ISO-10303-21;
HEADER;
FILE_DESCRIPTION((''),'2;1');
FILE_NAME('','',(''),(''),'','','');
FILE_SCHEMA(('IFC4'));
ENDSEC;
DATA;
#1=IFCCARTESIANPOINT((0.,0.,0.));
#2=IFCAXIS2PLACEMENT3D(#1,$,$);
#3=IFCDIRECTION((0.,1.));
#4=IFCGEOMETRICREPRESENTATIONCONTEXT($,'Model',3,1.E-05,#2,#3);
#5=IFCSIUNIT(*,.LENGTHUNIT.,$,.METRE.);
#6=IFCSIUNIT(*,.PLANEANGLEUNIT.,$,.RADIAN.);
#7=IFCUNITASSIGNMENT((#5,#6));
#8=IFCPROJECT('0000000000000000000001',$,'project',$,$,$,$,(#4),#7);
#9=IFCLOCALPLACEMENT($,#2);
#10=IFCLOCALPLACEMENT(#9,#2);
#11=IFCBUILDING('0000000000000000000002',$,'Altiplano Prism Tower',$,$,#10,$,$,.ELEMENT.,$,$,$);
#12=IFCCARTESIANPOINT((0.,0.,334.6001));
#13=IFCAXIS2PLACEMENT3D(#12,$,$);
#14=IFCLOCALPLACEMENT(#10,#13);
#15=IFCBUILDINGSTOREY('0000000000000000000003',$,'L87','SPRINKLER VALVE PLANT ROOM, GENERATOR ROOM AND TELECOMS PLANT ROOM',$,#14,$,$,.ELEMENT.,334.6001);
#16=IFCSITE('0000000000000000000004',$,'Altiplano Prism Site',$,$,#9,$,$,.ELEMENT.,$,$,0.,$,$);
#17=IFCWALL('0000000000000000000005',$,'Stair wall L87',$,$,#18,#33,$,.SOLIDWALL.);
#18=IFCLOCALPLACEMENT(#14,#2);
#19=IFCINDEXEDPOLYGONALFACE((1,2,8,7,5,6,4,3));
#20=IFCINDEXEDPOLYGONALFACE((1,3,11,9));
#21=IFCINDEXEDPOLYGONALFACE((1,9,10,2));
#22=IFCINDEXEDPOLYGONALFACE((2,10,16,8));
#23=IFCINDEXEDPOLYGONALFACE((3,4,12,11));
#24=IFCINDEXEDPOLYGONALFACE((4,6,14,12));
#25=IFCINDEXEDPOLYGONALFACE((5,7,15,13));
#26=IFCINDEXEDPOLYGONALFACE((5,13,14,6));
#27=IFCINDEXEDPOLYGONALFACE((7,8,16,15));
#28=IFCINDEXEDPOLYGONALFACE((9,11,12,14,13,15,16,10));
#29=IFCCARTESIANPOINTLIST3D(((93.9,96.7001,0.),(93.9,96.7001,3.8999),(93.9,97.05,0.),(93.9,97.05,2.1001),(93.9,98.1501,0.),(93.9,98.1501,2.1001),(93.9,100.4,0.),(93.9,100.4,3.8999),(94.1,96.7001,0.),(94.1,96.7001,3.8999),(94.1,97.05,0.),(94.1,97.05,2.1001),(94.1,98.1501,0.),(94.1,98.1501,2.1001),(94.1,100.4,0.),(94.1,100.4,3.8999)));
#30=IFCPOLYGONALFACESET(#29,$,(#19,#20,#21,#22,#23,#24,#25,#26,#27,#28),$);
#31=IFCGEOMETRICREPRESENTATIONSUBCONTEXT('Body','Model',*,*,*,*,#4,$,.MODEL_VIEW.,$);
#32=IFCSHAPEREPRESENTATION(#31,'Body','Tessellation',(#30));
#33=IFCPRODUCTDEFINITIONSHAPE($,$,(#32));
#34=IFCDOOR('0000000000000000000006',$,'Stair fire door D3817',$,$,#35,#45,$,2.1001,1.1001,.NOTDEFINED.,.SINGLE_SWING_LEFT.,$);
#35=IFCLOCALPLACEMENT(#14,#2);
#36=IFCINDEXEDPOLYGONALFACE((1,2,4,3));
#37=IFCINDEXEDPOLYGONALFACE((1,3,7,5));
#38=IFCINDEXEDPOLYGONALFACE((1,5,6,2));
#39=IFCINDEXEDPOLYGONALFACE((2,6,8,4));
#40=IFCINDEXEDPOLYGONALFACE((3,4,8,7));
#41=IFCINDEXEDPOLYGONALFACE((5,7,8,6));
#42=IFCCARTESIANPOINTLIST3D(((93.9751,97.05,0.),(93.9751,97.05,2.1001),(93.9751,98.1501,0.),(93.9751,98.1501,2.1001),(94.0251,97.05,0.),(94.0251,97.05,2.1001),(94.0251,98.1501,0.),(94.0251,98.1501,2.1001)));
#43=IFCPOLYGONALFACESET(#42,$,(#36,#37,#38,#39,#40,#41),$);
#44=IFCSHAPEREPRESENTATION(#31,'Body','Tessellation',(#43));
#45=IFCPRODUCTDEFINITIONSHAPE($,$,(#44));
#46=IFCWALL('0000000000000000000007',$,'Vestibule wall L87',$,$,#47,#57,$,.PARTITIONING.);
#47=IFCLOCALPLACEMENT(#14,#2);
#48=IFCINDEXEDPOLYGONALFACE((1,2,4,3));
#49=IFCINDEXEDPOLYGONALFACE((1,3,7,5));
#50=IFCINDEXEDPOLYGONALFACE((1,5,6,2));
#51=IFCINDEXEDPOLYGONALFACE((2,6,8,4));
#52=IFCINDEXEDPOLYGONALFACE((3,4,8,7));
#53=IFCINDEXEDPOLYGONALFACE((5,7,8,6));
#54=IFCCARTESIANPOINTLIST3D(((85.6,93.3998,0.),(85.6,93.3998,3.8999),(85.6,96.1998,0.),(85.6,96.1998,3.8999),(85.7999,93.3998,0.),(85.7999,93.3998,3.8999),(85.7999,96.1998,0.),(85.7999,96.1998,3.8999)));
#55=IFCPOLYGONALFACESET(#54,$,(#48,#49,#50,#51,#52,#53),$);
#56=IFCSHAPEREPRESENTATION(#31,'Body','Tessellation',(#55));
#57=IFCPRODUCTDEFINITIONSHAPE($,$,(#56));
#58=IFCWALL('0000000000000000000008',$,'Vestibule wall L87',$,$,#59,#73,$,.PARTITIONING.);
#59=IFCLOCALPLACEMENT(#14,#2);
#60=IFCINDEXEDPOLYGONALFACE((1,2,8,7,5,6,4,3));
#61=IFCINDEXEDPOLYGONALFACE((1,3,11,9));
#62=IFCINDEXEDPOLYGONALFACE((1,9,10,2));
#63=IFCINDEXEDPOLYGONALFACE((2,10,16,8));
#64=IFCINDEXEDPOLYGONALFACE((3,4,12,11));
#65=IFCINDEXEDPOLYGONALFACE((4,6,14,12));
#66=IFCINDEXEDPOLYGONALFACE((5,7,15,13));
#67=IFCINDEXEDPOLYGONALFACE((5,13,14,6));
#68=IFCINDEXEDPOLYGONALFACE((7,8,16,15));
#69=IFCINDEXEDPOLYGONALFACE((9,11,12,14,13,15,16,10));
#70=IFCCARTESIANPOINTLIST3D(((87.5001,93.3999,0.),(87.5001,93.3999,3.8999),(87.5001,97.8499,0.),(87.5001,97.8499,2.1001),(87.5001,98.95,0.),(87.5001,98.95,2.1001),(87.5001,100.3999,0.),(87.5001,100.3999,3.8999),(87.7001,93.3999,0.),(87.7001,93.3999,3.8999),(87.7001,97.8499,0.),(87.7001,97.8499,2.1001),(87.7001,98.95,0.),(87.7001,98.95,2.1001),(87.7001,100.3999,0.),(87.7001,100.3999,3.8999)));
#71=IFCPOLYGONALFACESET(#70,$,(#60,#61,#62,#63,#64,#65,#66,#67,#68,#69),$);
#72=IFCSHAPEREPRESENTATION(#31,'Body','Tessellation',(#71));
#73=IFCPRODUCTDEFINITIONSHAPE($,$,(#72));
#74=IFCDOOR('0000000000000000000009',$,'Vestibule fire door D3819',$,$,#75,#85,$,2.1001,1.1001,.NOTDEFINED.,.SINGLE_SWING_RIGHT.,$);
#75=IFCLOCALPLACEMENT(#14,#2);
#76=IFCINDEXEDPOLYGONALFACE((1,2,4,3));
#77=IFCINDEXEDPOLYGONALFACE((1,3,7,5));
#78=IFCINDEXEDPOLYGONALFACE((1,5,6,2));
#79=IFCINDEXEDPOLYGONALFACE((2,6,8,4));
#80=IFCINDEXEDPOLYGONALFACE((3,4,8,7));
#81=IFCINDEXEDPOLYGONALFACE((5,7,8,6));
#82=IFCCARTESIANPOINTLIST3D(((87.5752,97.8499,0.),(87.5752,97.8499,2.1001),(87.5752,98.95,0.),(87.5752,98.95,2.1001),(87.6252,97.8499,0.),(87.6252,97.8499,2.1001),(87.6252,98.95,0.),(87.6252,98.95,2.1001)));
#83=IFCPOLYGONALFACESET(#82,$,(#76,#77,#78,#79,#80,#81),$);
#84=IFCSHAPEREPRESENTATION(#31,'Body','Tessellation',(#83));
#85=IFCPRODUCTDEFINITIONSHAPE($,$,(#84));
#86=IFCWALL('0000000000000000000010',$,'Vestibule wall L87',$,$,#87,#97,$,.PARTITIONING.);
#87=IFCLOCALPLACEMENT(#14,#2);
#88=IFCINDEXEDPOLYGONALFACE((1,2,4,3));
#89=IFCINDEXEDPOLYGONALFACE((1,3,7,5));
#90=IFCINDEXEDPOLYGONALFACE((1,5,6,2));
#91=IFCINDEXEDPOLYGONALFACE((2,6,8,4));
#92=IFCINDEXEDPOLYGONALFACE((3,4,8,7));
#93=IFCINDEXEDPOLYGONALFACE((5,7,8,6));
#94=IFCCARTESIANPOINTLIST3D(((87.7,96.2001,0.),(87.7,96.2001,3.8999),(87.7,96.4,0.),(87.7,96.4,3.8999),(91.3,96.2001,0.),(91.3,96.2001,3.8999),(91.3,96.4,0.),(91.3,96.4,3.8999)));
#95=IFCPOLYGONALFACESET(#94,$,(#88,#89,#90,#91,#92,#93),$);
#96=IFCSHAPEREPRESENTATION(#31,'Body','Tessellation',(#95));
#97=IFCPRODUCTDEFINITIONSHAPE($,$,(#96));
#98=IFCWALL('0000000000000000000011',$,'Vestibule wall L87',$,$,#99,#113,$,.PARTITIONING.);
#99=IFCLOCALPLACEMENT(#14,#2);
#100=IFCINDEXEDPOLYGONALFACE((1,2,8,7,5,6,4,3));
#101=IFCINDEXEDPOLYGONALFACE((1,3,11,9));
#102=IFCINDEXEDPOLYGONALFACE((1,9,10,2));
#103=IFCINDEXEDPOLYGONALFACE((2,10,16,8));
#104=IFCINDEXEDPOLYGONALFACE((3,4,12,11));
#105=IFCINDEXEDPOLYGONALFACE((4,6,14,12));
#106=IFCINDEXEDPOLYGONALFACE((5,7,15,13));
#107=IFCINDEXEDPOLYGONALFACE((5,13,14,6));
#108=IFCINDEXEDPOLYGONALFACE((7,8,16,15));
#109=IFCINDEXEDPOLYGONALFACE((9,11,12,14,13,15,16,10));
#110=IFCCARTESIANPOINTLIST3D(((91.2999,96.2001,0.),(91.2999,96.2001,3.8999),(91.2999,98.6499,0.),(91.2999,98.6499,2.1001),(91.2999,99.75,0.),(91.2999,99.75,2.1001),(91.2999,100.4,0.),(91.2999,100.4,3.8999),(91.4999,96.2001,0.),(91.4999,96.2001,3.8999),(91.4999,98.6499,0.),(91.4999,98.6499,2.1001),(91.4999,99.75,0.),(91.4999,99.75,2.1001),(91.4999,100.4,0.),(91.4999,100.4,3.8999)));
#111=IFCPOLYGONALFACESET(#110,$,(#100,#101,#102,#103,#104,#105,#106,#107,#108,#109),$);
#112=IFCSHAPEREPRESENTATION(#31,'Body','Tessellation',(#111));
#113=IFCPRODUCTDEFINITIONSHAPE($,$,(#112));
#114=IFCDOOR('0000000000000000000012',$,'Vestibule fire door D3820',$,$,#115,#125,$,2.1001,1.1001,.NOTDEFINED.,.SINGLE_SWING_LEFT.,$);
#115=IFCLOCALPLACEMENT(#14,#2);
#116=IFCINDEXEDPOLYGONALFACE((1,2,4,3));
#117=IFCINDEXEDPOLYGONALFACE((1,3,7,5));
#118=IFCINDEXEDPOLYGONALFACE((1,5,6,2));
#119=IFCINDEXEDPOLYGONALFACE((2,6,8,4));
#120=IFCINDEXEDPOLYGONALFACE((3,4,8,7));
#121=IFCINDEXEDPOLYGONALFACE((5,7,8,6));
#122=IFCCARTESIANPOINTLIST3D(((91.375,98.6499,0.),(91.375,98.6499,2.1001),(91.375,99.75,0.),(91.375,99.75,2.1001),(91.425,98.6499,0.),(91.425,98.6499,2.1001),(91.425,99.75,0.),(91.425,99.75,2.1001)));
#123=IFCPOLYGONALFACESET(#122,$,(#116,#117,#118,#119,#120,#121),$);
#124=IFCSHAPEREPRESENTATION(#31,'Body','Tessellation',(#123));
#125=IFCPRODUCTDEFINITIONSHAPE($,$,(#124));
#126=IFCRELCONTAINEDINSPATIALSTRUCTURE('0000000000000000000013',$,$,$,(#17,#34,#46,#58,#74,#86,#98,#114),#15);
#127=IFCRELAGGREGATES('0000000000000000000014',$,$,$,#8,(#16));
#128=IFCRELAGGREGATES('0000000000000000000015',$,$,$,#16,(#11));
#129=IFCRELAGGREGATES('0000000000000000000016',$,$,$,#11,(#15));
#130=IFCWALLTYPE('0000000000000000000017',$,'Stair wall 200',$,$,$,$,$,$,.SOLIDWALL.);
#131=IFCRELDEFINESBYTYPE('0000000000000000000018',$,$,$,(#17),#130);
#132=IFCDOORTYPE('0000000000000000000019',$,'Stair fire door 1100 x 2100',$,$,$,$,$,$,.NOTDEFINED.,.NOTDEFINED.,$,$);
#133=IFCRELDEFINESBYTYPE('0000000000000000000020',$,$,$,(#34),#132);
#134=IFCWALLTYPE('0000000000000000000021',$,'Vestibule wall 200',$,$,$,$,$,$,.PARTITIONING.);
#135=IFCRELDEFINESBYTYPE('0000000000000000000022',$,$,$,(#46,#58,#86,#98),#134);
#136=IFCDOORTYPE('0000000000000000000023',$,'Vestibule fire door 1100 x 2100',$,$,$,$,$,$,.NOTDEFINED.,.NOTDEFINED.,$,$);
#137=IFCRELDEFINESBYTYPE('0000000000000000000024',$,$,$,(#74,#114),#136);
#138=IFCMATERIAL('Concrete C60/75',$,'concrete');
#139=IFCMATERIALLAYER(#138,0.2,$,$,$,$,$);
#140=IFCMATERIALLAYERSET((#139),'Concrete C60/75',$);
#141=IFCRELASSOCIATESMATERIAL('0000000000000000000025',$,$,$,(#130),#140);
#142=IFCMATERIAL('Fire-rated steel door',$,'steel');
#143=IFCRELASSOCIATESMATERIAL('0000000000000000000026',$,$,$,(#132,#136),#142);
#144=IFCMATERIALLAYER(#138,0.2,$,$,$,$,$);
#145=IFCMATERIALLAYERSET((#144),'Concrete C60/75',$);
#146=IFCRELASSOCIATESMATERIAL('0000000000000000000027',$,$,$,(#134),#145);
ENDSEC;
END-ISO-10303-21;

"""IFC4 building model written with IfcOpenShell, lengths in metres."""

from ifc_helpers import new_model, si_unit, direction, frame, frame_2d, origin, place, context, subcontext, project, spatial, rectangle, extrude, material, layer, layer_set, type_object, element, fill, save


model = new_model("IFC4")

# Units and contexts
model_context = context("Model", 3, precision=1e-05, world=origin(), true_north=direction((0.0, 1.0)))
body_context = subcontext(model_context, "Body", "Model", "MODEL_VIEW")
ifc_project = project(units=[si_unit("LENGTHUNIT", "METRE"), si_unit("PLANEANGLEUNIT", "RADIAN")], contexts=[model_context])

# Site, building, storey
site_placement = place(None, origin())
site = spatial("IfcSite", under=ifc_project, at=site_placement, Name="Altiplano Prism Site", CompositionType="ELEMENT", RefElevation=0.0)
building_placement = place(site_placement, origin())
building = spatial("IfcBuilding", under=site, at=building_placement, Name="Altiplano Prism Tower", CompositionType="ELEMENT")
storey_placement = place(building_placement, frame((0.0, 0.0, 334.6001)))
storey = spatial("IfcBuildingStorey", under=building, at=storey_placement, Name="L87", Description="SPRINKLER VALVE PLANT ROOM, GENERATOR ROOM AND TELECOMS PLANT ROOM", CompositionType="ELEMENT", Elevation=334.6001)

# Shared definitions
ifc_material_1 = material(Name="Concrete C60/75", Category="concrete")

# Wall, opening, door
ifc_layer_1 = layer(ifc_material_1, 0.2)
ifc_layer_set_1 = layer_set([ifc_layer_1], Name="Concrete C60/75")
wall_type_1 = type_object("IfcWallType", Name="Stair wall 200", PredefinedType="SOLIDWALL", material=ifc_layer_set_1)
wall_1_placement = place(storey_placement, frame((94.0, 96.7, 0.0), z_axis=(0.0, 0.0, 1.0), x_axis=(0.0, 1.0, 0.0)))
wall_1 = element("IfcWall", 1, at=wall_1_placement, inside=storey, type_object=wall_type_1, Name="Stair wall L87", PredefinedType="SOLIDWALL", context=body_context, shape_type="SweptSolid", body=[
    extrude(rectangle(XDim=3.7, YDim=0.2, at=frame_2d((1.8501, 0.0))), origin(), (0.0, 0.0, 1.0), 3.8999),
])
opening_1_placement = place(wall_1_placement, frame((0.3501, 0.0, 0.0)))
opening_1 = element("IfcOpeningElement", 2, at=opening_1_placement, cuts=wall_1, PredefinedType="OPENING", context=body_context, shape_type="SweptSolid", body=[
    extrude(rectangle(XDim=1.1001, YDim=2.1001, at=frame_2d((0.55, 1.05))), frame((0.0, 0.1104, 0.0), z_axis=(0.0, -1.0, 0.0), x_axis=(1.0, 0.0, 0.0)), (0.0, 0.0, 1.0), 0.2209),
])
ifc_material_2 = material(Name="Fire-rated steel door", Category="steel")
door_type_1 = type_object("IfcDoorType", Name="Stair fire door 1100 x 2100", OperationType="NOTDEFINED", PredefinedType="NOTDEFINED", material=ifc_material_2)
door_1_placement = place(opening_1_placement, origin())
door_1 = element("IfcDoor", 3, at=door_1_placement, inside=storey, type_object=door_type_1, Name="Stair fire door D3817", OperationType="SINGLE_SWING_LEFT", OverallHeight=2.1001, OverallWidth=1.1001, PredefinedType="NOTDEFINED", context=body_context, shape_type="SweptSolid", body=[
    extrude(rectangle(XDim=1.1001, YDim=2.1001, at=frame_2d((0.55, 1.05))), frame((0.0, 0.0249, 0.0), z_axis=(0.0, -1.0, 0.0), x_axis=(1.0, 0.0, 0.0)), (0.0, 0.0, 1.0), 0.05),
])
fill(opening_1, door_1)

# Wall
ifc_layer_2 = layer(ifc_material_1, 0.2)
ifc_layer_set_2 = layer_set([ifc_layer_2], Name="Concrete C60/75")
wall_type_2 = type_object("IfcWallType", Name="Vestibule wall 200", PredefinedType="PARTITIONING", material=ifc_layer_set_2)
wall_2_placement = place(storey_placement, frame((85.7, 93.3999, 0.0), z_axis=(0.0, 0.0, 1.0), x_axis=(0.0, 1.0, 0.0)))
element("IfcWall", 4, at=wall_2_placement, inside=storey, type_object=wall_type_2, Name="Vestibule wall L87", PredefinedType="PARTITIONING", context=body_context, shape_type="SweptSolid", body=[
    extrude(rectangle(XDim=2.8, YDim=0.2, at=frame_2d((1.3999, 0.0))), origin(), (0.0, 0.0, 1.0), 3.8999),
])

# Wall, opening, door
wall_3_placement = place(storey_placement, frame((87.6001, 93.3999, 0.0), z_axis=(0.0, 0.0, 1.0), x_axis=(0.0, 1.0, 0.0)))
wall_3 = element("IfcWall", 5, at=wall_3_placement, inside=storey, type_object=wall_type_2, Name="Vestibule wall L87", PredefinedType="PARTITIONING", context=body_context, shape_type="SweptSolid", body=[
    extrude(rectangle(XDim=7.0, YDim=0.2, at=frame_2d((3.5, 0.0))), origin(), (0.0, 0.0, 1.0), 3.8999),
])
opening_2_placement = place(wall_3_placement, frame((4.45, 0.0, 0.0)))
opening_2 = element("IfcOpeningElement", 6, at=opening_2_placement, cuts=wall_3, PredefinedType="OPENING", context=body_context, shape_type="SweptSolid", body=[
    extrude(rectangle(XDim=1.1001, YDim=2.1001, at=frame_2d((0.55, 1.05))), frame((0.0, 0.1104, 0.0), z_axis=(0.0, -1.0, 0.0), x_axis=(1.0, 0.0, 0.0)), (0.0, 0.0, 1.0), 0.2209),
])
door_type_2 = type_object("IfcDoorType", Name="Vestibule fire door 1100 x 2100", OperationType="NOTDEFINED", PredefinedType="NOTDEFINED", material=ifc_material_2)
door_2_placement = place(opening_2_placement, origin())
door_2 = element("IfcDoor", 7, at=door_2_placement, inside=storey, type_object=door_type_2, Name="Vestibule fire door D3819", OperationType="SINGLE_SWING_RIGHT", OverallHeight=2.1001, OverallWidth=1.1001, PredefinedType="NOTDEFINED", context=body_context, shape_type="SweptSolid", body=[
    extrude(rectangle(XDim=1.1001, YDim=2.1001, at=frame_2d((0.55, 1.05))), frame((0.0, 0.0249, 0.0), z_axis=(0.0, -1.0, 0.0), x_axis=(1.0, 0.0, 0.0)), (0.0, 0.0, 1.0), 0.05),
])
fill(opening_2, door_2)

# Wall
wall_4_placement = place(storey_placement, frame((87.7, 96.3, 0.0), z_axis=(0.0, 0.0, 1.0), x_axis=(1.0, 0.0, 0.0)))
element("IfcWall", 8, at=wall_4_placement, inside=storey, type_object=wall_type_2, Name="Vestibule wall L87", PredefinedType="PARTITIONING", context=body_context, shape_type="SweptSolid", body=[
    extrude(rectangle(XDim=3.6001, YDim=0.2, at=frame_2d((1.8, 0.0))), origin(), (0.0, 0.0, 1.0), 3.8999),
])

# Wall, opening, door
wall_5_placement = place(storey_placement, frame((91.3999, 96.2, 0.0), z_axis=(0.0, 0.0, 1.0), x_axis=(0.0, 1.0, 0.0)))
wall_5 = element("IfcWall", 9, at=wall_5_placement, inside=storey, type_object=wall_type_2, Name="Vestibule wall L87", PredefinedType="PARTITIONING", context=body_context, shape_type="SweptSolid", body=[
    extrude(rectangle(XDim=4.2, YDim=0.2, at=frame_2d((2.1001, 0.0))), origin(), (0.0, 0.0, 1.0), 3.8999),
])
opening_3_placement = place(wall_5_placement, frame((2.45, 0.0, 0.0)))
opening_3 = element("IfcOpeningElement", 10, at=opening_3_placement, cuts=wall_5, PredefinedType="OPENING", context=body_context, shape_type="SweptSolid", body=[
    extrude(rectangle(XDim=1.1001, YDim=2.1001, at=frame_2d((0.55, 1.05))), frame((0.0, 0.1104, 0.0), z_axis=(0.0, -1.0, 0.0), x_axis=(1.0, 0.0, 0.0)), (0.0, 0.0, 1.0), 0.2209),
])
door_3_placement = place(opening_3_placement, origin())
door_3 = element("IfcDoor", 11, at=door_3_placement, inside=storey, type_object=door_type_2, Name="Vestibule fire door D3820", OperationType="SINGLE_SWING_LEFT", OverallHeight=2.1001, OverallWidth=1.1001, PredefinedType="NOTDEFINED", context=body_context, shape_type="SweptSolid", body=[
    extrude(rectangle(XDim=1.1001, YDim=2.1001, at=frame_2d((0.55, 1.05))), frame((0.0, 0.0249, 0.0), z_axis=(0.0, -1.0, 0.0), x_axis=(1.0, 0.0, 0.0)), (0.0, 0.0, 1.0), 0.05),
])
fill(opening_3, door_3)

save(model, "model.ifc")
